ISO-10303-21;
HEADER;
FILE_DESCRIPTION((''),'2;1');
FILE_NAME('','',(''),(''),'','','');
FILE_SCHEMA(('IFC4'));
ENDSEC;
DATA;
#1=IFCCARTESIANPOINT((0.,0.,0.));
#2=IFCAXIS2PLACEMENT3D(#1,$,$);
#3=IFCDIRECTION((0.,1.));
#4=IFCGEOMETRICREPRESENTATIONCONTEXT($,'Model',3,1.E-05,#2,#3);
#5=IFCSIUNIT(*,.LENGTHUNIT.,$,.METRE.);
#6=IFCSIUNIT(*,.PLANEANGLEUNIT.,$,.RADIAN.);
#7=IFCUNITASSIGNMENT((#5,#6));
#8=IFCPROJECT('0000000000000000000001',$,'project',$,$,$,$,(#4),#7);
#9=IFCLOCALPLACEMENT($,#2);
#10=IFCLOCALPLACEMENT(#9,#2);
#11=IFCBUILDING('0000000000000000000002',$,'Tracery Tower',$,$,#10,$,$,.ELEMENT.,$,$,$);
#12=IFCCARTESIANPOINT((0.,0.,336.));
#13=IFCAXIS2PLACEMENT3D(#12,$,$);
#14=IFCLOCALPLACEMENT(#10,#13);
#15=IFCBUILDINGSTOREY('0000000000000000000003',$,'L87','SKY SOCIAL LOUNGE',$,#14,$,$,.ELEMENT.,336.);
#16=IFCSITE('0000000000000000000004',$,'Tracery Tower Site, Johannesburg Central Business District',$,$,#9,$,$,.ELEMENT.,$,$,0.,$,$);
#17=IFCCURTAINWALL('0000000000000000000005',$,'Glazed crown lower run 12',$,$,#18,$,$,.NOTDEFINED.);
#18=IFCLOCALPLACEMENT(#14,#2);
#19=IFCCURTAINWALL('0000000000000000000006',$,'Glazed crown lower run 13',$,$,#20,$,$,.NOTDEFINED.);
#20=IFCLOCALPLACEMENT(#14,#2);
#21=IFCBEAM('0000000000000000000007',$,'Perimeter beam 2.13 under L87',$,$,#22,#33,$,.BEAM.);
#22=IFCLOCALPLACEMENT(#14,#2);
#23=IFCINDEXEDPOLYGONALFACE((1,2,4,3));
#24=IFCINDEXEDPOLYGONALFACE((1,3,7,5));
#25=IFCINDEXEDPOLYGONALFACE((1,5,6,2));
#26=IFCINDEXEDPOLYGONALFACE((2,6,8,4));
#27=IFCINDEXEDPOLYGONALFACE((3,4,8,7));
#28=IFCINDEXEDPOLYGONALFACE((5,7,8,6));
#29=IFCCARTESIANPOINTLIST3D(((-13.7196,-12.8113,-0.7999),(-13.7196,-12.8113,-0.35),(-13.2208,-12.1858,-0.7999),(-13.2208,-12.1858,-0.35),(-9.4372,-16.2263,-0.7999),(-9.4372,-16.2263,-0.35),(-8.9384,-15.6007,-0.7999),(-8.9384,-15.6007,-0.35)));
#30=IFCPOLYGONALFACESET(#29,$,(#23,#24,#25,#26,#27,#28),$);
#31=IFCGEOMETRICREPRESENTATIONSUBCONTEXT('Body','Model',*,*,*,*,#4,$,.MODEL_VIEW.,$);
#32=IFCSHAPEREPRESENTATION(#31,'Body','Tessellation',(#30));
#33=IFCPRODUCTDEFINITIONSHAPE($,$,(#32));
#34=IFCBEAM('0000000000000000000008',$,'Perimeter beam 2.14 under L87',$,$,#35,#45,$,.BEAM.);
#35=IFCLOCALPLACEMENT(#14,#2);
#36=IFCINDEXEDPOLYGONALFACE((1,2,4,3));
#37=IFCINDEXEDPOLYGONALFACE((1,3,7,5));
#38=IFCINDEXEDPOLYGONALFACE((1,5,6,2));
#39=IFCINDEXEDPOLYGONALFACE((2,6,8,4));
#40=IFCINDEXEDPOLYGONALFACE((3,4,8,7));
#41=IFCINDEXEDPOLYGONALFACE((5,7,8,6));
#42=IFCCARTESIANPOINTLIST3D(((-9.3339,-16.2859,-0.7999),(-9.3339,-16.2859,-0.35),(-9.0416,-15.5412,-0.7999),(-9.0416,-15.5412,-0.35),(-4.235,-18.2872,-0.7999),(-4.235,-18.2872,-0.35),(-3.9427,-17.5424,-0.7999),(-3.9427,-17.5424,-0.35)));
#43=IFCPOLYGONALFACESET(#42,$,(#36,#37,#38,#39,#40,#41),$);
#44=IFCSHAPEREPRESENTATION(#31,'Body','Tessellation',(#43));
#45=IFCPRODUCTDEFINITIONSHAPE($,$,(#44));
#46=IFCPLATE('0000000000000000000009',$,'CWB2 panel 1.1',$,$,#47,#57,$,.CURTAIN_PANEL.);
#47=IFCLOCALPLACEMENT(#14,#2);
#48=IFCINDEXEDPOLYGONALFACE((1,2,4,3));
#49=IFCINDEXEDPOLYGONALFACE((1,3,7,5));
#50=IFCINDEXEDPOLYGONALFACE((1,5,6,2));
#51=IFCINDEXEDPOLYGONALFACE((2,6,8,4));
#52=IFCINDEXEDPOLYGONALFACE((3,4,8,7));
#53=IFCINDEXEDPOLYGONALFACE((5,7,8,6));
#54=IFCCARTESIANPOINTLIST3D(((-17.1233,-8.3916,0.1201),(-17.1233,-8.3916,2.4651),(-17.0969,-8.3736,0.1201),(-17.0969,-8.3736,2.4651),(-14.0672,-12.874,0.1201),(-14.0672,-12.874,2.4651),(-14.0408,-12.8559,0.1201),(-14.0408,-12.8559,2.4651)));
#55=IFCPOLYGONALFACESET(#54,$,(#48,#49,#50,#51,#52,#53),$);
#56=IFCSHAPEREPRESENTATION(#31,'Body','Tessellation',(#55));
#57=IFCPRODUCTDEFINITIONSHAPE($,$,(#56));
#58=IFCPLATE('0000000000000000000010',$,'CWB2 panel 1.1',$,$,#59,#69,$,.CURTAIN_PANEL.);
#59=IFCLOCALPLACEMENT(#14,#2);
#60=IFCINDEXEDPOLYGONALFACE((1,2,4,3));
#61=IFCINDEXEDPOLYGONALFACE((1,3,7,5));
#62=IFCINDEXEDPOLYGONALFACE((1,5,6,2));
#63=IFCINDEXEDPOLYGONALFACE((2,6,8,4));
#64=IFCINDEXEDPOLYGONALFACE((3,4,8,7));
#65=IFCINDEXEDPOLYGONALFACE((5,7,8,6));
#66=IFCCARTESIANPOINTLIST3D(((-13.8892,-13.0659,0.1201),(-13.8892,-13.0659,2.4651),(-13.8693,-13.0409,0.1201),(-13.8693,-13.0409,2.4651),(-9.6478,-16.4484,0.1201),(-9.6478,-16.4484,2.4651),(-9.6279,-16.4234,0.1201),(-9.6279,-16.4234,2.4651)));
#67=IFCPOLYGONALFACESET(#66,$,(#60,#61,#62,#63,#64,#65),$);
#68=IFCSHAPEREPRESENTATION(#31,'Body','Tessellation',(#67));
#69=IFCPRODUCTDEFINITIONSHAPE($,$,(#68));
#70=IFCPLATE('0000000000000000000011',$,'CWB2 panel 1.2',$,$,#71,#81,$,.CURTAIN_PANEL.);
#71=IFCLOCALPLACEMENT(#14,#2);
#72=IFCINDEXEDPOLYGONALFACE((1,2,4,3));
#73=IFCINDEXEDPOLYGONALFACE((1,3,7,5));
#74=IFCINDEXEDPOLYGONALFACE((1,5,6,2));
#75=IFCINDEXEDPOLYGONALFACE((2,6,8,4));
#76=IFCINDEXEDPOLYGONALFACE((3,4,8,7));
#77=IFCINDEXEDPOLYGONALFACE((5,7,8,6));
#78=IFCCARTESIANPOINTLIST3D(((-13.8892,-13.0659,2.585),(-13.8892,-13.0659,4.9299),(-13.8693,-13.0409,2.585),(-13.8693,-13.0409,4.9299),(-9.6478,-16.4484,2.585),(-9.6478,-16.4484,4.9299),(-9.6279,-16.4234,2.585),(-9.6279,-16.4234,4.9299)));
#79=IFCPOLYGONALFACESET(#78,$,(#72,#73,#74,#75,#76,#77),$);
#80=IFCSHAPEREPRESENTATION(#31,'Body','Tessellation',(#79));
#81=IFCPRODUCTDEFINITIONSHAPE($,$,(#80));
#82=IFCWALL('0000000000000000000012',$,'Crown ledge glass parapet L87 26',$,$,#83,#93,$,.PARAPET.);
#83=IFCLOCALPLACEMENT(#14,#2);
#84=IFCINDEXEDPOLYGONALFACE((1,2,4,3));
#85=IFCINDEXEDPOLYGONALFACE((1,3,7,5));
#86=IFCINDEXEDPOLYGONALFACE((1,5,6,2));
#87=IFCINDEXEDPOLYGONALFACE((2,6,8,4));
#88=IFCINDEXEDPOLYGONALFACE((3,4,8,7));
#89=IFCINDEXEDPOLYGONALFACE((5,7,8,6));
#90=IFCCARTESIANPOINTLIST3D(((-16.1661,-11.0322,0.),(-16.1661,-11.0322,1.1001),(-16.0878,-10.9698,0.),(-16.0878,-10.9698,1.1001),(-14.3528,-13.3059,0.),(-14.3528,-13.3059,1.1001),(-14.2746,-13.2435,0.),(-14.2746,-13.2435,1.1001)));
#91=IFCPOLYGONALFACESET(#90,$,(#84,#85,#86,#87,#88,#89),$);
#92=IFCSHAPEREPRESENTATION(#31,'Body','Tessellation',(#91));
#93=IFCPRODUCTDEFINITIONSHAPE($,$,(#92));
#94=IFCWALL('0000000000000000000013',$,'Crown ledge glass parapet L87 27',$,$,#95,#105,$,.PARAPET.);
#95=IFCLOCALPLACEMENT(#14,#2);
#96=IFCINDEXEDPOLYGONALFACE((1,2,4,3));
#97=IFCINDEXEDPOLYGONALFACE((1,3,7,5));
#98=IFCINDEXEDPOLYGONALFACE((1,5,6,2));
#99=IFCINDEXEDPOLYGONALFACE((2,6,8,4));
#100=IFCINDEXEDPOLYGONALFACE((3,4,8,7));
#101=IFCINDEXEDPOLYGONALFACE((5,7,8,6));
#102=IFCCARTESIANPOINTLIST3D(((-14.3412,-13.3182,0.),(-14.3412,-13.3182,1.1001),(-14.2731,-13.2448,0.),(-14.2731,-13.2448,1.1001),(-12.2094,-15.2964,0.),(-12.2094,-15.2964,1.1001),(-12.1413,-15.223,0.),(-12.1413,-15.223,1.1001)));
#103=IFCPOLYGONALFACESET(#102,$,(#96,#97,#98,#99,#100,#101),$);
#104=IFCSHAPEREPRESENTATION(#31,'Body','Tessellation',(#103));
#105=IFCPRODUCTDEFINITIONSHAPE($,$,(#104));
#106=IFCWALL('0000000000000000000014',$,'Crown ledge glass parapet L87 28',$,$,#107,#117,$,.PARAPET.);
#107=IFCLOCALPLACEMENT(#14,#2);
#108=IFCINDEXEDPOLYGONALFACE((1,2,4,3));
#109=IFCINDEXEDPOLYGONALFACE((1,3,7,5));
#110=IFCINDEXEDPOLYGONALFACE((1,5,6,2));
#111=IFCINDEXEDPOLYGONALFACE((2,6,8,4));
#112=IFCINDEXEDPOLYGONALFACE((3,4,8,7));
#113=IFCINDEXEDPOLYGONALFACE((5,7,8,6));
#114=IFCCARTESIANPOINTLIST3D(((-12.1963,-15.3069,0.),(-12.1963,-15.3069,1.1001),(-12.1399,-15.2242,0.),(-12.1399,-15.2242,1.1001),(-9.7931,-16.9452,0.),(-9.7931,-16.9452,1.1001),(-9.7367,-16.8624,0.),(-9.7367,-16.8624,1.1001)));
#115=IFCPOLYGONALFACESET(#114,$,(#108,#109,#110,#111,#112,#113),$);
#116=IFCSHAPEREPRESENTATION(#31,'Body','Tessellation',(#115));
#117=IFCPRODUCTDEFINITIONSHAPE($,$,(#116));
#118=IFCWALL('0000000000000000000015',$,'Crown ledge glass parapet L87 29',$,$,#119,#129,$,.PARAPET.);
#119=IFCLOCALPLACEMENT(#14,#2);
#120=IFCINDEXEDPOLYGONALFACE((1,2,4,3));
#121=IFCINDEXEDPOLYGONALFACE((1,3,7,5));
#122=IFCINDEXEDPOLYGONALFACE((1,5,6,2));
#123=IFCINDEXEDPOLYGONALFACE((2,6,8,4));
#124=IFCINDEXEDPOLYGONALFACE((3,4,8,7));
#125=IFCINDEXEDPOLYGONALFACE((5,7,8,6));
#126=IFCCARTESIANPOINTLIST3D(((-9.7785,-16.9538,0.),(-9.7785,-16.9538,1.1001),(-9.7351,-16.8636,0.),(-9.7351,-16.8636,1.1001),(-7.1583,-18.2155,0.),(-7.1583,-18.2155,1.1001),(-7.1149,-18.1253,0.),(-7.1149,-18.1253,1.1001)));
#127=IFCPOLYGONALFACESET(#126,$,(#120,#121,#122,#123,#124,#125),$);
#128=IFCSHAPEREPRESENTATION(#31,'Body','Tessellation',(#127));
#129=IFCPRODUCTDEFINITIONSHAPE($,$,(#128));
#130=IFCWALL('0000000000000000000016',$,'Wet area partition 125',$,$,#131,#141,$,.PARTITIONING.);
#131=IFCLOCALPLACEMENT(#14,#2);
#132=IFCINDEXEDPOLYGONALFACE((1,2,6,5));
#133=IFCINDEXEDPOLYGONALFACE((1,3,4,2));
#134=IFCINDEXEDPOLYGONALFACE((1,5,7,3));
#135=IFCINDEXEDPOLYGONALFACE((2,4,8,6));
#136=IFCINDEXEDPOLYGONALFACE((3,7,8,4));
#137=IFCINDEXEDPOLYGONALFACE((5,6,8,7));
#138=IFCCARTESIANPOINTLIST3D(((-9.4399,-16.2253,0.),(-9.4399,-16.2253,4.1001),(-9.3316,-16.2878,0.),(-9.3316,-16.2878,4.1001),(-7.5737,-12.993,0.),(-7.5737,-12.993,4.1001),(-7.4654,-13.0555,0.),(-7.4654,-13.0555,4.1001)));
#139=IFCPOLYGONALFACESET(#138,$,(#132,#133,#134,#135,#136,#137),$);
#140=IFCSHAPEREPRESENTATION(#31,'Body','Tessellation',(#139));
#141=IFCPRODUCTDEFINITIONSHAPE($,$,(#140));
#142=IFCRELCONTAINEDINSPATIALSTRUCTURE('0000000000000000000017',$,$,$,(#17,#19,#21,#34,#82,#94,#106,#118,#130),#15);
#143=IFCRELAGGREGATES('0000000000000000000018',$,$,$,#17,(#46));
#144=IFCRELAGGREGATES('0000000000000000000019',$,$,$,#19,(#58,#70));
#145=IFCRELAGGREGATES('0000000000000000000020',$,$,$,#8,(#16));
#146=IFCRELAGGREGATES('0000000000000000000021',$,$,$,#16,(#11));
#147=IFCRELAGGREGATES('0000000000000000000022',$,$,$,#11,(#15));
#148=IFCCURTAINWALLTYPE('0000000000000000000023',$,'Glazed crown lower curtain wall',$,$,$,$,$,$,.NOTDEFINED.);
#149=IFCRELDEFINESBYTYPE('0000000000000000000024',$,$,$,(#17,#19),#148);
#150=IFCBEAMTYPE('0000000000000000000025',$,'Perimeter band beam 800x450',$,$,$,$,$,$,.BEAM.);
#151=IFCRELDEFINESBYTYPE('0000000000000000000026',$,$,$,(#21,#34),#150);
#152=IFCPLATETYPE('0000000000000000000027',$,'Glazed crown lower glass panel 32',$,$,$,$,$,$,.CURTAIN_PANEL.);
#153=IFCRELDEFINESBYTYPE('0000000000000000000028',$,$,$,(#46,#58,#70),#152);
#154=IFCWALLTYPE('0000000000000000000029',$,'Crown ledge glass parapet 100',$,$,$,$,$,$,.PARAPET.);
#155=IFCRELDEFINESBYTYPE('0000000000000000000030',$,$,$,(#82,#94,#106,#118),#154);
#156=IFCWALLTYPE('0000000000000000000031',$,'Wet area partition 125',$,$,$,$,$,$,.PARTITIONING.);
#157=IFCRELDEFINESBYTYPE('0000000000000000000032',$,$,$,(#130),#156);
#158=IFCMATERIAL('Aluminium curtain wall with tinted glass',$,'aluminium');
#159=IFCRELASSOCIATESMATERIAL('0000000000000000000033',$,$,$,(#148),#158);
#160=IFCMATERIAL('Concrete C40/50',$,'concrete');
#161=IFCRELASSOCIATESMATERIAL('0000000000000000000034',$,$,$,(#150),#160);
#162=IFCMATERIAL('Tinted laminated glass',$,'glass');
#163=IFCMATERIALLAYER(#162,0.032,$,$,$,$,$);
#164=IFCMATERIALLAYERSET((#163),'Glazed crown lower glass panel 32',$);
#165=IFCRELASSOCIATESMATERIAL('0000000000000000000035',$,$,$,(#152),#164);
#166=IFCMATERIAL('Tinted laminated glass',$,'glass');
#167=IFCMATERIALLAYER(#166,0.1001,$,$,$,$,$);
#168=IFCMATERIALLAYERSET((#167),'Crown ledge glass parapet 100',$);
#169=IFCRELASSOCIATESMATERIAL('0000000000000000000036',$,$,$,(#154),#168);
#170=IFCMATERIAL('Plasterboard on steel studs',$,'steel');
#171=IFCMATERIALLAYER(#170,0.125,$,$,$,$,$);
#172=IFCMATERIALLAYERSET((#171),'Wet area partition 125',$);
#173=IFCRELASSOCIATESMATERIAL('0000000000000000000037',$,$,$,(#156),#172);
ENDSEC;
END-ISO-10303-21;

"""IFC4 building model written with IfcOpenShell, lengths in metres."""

from ifc_helpers import new_model, si_unit, direction, frame, frame_2d, origin, origin_2d, place, context, subcontext, project, spatial, rectangle, extrude, material, layer, layer_set, material_profile, profile_set, type_object, element, aggregate, save


model = new_model("IFC4")

# Units and contexts
model_context = context("Model", 3, precision=1e-05, world=origin(), true_north=direction((0.0, 1.0)))
body_context = subcontext(model_context, "Body", "Model", "MODEL_VIEW")
ifc_project = project(units=[si_unit("LENGTHUNIT", "METRE"), si_unit("PLANEANGLEUNIT", "RADIAN")], contexts=[model_context])

# Site, building, storey
site_placement = place(None, origin())
site = spatial("IfcSite", under=ifc_project, at=site_placement, Name="Tracery Tower Site, Johannesburg Central Business District", CompositionType="ELEMENT", RefElevation=0.0)
building_placement = place(site_placement, origin())
building = spatial("IfcBuilding", under=site, at=building_placement, Name="Tracery Tower", CompositionType="ELEMENT")
storey_placement = place(building_placement, frame((0.0, 0.0, 336.0)))
storey = spatial("IfcBuildingStorey", under=building, at=storey_placement, Name="L87", Description="SKY SOCIAL LOUNGE", CompositionType="ELEMENT", Elevation=336.0)

# Curtain wall
ifc_material_1 = material(Name="Aluminium curtain wall with tinted glass", Category="aluminium")
curtain_wall_type = type_object("IfcCurtainWallType", Name="Glazed crown lower curtain wall", PredefinedType="NOTDEFINED", material=ifc_material_1)
curtain_wall_1_placement = place(storey_placement, origin())
curtain_wall_1 = element("IfcCurtainWall", 1, at=curtain_wall_1_placement, inside=storey, type_object=curtain_wall_type, Name="Glazed crown lower run 12", PredefinedType="NOTDEFINED")

# Curtain wall
curtain_wall_2_placement = place(storey_placement, origin())
curtain_wall_2 = element("IfcCurtainWall", 2, at=curtain_wall_2_placement, inside=storey, type_object=curtain_wall_type, Name="Glazed crown lower run 13", PredefinedType="NOTDEFINED")

# Beams
ifc_material_2 = material(Name="Concrete C40/50", Category="concrete")
ifc_material_profile_1 = material_profile(ifc_material_2, rectangle(XDim=0.8, YDim=0.45, at=origin_2d()), Name="RC 800x450")
ifc_profile_set_1 = profile_set([ifc_material_profile_1], Name="Concrete C40/50")
beam_type = type_object("IfcBeamType", Name="Perimeter band beam 800x450", PredefinedType="BEAM", material=ifc_profile_set_1)
beam_1_placement = place(storey_placement, frame((-13.4702, -12.4985, -0.575), z_axis=(0.781842, -0.623477, 0.0), x_axis=(0.623477, 0.781842, 0.0)))
element("IfcBeam", 3, at=beam_1_placement, inside=storey, type_object=beam_type, Name="Perimeter beam 2.13 under L87", PredefinedType="BEAM", context=body_context, shape_type="SweptSolid", body=[
    extrude(rectangle(XDim=0.8, YDim=0.45, at=origin_2d()), origin(), (0.0, 0.0, 1.0), 5.4773),
])
beam_2_placement = place(storey_placement, frame((-9.1877, -15.9136, -0.575), z_axis=(0.93087, -0.36535, 0.0), x_axis=(0.36535, 0.93087, 0.0)))
element("IfcBeam", 4, at=beam_2_placement, inside=storey, type_object=beam_type, Name="Perimeter beam 2.14 under L87", PredefinedType="BEAM", context=body_context, shape_type="SweptSolid", body=[
    extrude(rectangle(XDim=0.8, YDim=0.45, at=origin_2d()), origin(), (0.0, 0.0, 1.0), 5.4775),
])

# Plates
ifc_material_3 = material(Name="Tinted laminated glass", Category="glass")
ifc_layer_1 = layer(ifc_material_3, 0.032)
ifc_layer_set_1 = layer_set([ifc_layer_1], Name="Glazed crown lower glass panel 32")
plate_type = type_object("IfcPlateType", Name="Glazed crown lower glass panel 32", PredefinedType="CURTAIN_PANEL", material=ifc_layer_set_1)
plate_1_placement = place(storey_placement, frame((-15.582, -10.6238, 0.1201), z_axis=(0.0, 0.0, 1.0), x_axis=(0.563329, -0.826233, 0.0)))
plate_1 = element("IfcPlate", 5, at=plate_1_placement, type_object=plate_type, Name="CWB2 panel 1.1", PredefinedType="CURTAIN_PANEL", context=body_context, shape_type="SweptSolid", body=[
    extrude(rectangle(XDim=5.425, YDim=0.032, at=origin_2d()), origin(), (0.0, 0.0, 1.0), 2.345),
])
aggregate(curtain_wall_1, [plate_1])
plate_2_placement = place(storey_placement, frame((-11.7585, -14.7446, 0.1201), z_axis=(0.0, 0.0, 1.0), x_axis=(0.781822, -0.623502, 0.0)))
plate_2 = element("IfcPlate", 6, at=plate_2_placement, type_object=plate_type, Name="CWB2 panel 1.1", PredefinedType="CURTAIN_PANEL", context=body_context, shape_type="SweptSolid", body=[
    extrude(rectangle(XDim=5.425, YDim=0.032, at=origin_2d()), origin(), (0.0, 0.0, 1.0), 2.345),
])
plate_3_placement = place(storey_placement, frame((-11.7585, -14.7446, 2.585), z_axis=(0.0, 0.0, 1.0), x_axis=(0.781822, -0.623502, 0.0)))
plate_3 = element("IfcPlate", 7, at=plate_3_placement, type_object=plate_type, Name="CWB2 panel 1.2", PredefinedType="CURTAIN_PANEL", context=body_context, shape_type="SweptSolid", body=[
    extrude(rectangle(XDim=5.425, YDim=0.032, at=origin_2d()), origin(), (0.0, 0.0, 1.0), 2.345),
])
aggregate(curtain_wall_2, [plate_2, plate_3])

# Walls
ifc_material_4 = material(Name="Tinted laminated glass", Category="glass")
ifc_layer_2 = layer(ifc_material_4, 0.1001)
ifc_layer_set_2 = layer_set([ifc_layer_2], Name="Crown ledge glass parapet 100")
wall_type_1 = type_object("IfcWallType", Name="Crown ledge glass parapet 100", PredefinedType="PARAPET", material=ifc_layer_set_2)
for number, where, z_axis, x_axis, name in (
    (8, (-16.127, -11.001, 0.0), (0.0, 0.0, 1.0), (0.623496, -0.781826, 0.0), "Crown ledge glass parapet L87 26"),
    (9, (-14.3071, -13.2815, 0.0), (0.0, 0.0, 1.0), (0.733015, -0.680213, 0.0), "Crown ledge glass parapet L87 27"),
):
    element("IfcWall", number, at=place(storey_placement, frame(where, z_axis=z_axis, x_axis=x_axis)), inside=storey, type_object=wall_type_1, Name=name, PredefinedType="PARAPET", context=body_context, shape_type="SweptSolid", body=[
        extrude(rectangle(XDim=2.9082, YDim=0.1001, at=frame_2d((1.4541, 0.0))), origin(), (0.0, 0.0, 1.0), 1.1001),
    ])
wall_1_placement = place(storey_placement, frame((-12.168, -15.2656, 0.0), z_axis=(0.0, 0.0, 1.0), x_axis=(0.826272, -0.563272, 0.0)))
element("IfcWall", 10, at=wall_1_placement, inside=storey, type_object=wall_type_1, Name="Crown ledge glass parapet L87 28", PredefinedType="PARAPET", context=body_context, shape_type="SweptSolid", body=[
    extrude(rectangle(XDim=2.9084, YDim=0.1001, at=frame_2d((1.4541, 0.0))), origin(), (0.0, 0.0, 1.0), 1.1001),
])
wall_2_placement = place(storey_placement, frame((-9.7568, -16.9087, 0.0), z_axis=(0.0, 0.0, 1.0), x_axis=(0.900993, -0.433833, 0.0)))
element("IfcWall", 11, at=wall_2_placement, inside=storey, type_object=wall_type_1, Name="Crown ledge glass parapet L87 29", PredefinedType="PARAPET", context=body_context, shape_type="SweptSolid", body=[
    extrude(rectangle(XDim=2.9082, YDim=0.1001, at=frame_2d((1.4541, 0.0))), origin(), (0.0, 0.0, 1.0), 1.1001),
])
ifc_material_5 = material(Name="Plasterboard on steel studs", Category="steel")
ifc_layer_3 = layer(ifc_material_5, 0.125)
ifc_layer_set_3 = layer_set([ifc_layer_3], Name="Wet area partition 125")
wall_type_2 = type_object("IfcWallType", Name="Wet area partition 125", PredefinedType="PARTITIONING", material=ifc_layer_set_3)
wall_3_placement = place(storey_placement, frame((-9.3857, -16.2566, 0.0), z_axis=(0.0, 0.0, 1.0), x_axis=(0.499994, 0.866029, 0.0)))
element("IfcWall", 12, at=wall_3_placement, inside=storey, type_object=wall_type_2, Name="Wet area partition 125", PredefinedType="PARTITIONING", context=body_context, shape_type="SweptSolid", body=[
    extrude(rectangle(XDim=3.7324, YDim=0.125, at=frame_2d((1.8662, 0.0))), origin(), (0.0, 0.0, 1.0), 4.1001),
])

save(model, "model.ifc")
